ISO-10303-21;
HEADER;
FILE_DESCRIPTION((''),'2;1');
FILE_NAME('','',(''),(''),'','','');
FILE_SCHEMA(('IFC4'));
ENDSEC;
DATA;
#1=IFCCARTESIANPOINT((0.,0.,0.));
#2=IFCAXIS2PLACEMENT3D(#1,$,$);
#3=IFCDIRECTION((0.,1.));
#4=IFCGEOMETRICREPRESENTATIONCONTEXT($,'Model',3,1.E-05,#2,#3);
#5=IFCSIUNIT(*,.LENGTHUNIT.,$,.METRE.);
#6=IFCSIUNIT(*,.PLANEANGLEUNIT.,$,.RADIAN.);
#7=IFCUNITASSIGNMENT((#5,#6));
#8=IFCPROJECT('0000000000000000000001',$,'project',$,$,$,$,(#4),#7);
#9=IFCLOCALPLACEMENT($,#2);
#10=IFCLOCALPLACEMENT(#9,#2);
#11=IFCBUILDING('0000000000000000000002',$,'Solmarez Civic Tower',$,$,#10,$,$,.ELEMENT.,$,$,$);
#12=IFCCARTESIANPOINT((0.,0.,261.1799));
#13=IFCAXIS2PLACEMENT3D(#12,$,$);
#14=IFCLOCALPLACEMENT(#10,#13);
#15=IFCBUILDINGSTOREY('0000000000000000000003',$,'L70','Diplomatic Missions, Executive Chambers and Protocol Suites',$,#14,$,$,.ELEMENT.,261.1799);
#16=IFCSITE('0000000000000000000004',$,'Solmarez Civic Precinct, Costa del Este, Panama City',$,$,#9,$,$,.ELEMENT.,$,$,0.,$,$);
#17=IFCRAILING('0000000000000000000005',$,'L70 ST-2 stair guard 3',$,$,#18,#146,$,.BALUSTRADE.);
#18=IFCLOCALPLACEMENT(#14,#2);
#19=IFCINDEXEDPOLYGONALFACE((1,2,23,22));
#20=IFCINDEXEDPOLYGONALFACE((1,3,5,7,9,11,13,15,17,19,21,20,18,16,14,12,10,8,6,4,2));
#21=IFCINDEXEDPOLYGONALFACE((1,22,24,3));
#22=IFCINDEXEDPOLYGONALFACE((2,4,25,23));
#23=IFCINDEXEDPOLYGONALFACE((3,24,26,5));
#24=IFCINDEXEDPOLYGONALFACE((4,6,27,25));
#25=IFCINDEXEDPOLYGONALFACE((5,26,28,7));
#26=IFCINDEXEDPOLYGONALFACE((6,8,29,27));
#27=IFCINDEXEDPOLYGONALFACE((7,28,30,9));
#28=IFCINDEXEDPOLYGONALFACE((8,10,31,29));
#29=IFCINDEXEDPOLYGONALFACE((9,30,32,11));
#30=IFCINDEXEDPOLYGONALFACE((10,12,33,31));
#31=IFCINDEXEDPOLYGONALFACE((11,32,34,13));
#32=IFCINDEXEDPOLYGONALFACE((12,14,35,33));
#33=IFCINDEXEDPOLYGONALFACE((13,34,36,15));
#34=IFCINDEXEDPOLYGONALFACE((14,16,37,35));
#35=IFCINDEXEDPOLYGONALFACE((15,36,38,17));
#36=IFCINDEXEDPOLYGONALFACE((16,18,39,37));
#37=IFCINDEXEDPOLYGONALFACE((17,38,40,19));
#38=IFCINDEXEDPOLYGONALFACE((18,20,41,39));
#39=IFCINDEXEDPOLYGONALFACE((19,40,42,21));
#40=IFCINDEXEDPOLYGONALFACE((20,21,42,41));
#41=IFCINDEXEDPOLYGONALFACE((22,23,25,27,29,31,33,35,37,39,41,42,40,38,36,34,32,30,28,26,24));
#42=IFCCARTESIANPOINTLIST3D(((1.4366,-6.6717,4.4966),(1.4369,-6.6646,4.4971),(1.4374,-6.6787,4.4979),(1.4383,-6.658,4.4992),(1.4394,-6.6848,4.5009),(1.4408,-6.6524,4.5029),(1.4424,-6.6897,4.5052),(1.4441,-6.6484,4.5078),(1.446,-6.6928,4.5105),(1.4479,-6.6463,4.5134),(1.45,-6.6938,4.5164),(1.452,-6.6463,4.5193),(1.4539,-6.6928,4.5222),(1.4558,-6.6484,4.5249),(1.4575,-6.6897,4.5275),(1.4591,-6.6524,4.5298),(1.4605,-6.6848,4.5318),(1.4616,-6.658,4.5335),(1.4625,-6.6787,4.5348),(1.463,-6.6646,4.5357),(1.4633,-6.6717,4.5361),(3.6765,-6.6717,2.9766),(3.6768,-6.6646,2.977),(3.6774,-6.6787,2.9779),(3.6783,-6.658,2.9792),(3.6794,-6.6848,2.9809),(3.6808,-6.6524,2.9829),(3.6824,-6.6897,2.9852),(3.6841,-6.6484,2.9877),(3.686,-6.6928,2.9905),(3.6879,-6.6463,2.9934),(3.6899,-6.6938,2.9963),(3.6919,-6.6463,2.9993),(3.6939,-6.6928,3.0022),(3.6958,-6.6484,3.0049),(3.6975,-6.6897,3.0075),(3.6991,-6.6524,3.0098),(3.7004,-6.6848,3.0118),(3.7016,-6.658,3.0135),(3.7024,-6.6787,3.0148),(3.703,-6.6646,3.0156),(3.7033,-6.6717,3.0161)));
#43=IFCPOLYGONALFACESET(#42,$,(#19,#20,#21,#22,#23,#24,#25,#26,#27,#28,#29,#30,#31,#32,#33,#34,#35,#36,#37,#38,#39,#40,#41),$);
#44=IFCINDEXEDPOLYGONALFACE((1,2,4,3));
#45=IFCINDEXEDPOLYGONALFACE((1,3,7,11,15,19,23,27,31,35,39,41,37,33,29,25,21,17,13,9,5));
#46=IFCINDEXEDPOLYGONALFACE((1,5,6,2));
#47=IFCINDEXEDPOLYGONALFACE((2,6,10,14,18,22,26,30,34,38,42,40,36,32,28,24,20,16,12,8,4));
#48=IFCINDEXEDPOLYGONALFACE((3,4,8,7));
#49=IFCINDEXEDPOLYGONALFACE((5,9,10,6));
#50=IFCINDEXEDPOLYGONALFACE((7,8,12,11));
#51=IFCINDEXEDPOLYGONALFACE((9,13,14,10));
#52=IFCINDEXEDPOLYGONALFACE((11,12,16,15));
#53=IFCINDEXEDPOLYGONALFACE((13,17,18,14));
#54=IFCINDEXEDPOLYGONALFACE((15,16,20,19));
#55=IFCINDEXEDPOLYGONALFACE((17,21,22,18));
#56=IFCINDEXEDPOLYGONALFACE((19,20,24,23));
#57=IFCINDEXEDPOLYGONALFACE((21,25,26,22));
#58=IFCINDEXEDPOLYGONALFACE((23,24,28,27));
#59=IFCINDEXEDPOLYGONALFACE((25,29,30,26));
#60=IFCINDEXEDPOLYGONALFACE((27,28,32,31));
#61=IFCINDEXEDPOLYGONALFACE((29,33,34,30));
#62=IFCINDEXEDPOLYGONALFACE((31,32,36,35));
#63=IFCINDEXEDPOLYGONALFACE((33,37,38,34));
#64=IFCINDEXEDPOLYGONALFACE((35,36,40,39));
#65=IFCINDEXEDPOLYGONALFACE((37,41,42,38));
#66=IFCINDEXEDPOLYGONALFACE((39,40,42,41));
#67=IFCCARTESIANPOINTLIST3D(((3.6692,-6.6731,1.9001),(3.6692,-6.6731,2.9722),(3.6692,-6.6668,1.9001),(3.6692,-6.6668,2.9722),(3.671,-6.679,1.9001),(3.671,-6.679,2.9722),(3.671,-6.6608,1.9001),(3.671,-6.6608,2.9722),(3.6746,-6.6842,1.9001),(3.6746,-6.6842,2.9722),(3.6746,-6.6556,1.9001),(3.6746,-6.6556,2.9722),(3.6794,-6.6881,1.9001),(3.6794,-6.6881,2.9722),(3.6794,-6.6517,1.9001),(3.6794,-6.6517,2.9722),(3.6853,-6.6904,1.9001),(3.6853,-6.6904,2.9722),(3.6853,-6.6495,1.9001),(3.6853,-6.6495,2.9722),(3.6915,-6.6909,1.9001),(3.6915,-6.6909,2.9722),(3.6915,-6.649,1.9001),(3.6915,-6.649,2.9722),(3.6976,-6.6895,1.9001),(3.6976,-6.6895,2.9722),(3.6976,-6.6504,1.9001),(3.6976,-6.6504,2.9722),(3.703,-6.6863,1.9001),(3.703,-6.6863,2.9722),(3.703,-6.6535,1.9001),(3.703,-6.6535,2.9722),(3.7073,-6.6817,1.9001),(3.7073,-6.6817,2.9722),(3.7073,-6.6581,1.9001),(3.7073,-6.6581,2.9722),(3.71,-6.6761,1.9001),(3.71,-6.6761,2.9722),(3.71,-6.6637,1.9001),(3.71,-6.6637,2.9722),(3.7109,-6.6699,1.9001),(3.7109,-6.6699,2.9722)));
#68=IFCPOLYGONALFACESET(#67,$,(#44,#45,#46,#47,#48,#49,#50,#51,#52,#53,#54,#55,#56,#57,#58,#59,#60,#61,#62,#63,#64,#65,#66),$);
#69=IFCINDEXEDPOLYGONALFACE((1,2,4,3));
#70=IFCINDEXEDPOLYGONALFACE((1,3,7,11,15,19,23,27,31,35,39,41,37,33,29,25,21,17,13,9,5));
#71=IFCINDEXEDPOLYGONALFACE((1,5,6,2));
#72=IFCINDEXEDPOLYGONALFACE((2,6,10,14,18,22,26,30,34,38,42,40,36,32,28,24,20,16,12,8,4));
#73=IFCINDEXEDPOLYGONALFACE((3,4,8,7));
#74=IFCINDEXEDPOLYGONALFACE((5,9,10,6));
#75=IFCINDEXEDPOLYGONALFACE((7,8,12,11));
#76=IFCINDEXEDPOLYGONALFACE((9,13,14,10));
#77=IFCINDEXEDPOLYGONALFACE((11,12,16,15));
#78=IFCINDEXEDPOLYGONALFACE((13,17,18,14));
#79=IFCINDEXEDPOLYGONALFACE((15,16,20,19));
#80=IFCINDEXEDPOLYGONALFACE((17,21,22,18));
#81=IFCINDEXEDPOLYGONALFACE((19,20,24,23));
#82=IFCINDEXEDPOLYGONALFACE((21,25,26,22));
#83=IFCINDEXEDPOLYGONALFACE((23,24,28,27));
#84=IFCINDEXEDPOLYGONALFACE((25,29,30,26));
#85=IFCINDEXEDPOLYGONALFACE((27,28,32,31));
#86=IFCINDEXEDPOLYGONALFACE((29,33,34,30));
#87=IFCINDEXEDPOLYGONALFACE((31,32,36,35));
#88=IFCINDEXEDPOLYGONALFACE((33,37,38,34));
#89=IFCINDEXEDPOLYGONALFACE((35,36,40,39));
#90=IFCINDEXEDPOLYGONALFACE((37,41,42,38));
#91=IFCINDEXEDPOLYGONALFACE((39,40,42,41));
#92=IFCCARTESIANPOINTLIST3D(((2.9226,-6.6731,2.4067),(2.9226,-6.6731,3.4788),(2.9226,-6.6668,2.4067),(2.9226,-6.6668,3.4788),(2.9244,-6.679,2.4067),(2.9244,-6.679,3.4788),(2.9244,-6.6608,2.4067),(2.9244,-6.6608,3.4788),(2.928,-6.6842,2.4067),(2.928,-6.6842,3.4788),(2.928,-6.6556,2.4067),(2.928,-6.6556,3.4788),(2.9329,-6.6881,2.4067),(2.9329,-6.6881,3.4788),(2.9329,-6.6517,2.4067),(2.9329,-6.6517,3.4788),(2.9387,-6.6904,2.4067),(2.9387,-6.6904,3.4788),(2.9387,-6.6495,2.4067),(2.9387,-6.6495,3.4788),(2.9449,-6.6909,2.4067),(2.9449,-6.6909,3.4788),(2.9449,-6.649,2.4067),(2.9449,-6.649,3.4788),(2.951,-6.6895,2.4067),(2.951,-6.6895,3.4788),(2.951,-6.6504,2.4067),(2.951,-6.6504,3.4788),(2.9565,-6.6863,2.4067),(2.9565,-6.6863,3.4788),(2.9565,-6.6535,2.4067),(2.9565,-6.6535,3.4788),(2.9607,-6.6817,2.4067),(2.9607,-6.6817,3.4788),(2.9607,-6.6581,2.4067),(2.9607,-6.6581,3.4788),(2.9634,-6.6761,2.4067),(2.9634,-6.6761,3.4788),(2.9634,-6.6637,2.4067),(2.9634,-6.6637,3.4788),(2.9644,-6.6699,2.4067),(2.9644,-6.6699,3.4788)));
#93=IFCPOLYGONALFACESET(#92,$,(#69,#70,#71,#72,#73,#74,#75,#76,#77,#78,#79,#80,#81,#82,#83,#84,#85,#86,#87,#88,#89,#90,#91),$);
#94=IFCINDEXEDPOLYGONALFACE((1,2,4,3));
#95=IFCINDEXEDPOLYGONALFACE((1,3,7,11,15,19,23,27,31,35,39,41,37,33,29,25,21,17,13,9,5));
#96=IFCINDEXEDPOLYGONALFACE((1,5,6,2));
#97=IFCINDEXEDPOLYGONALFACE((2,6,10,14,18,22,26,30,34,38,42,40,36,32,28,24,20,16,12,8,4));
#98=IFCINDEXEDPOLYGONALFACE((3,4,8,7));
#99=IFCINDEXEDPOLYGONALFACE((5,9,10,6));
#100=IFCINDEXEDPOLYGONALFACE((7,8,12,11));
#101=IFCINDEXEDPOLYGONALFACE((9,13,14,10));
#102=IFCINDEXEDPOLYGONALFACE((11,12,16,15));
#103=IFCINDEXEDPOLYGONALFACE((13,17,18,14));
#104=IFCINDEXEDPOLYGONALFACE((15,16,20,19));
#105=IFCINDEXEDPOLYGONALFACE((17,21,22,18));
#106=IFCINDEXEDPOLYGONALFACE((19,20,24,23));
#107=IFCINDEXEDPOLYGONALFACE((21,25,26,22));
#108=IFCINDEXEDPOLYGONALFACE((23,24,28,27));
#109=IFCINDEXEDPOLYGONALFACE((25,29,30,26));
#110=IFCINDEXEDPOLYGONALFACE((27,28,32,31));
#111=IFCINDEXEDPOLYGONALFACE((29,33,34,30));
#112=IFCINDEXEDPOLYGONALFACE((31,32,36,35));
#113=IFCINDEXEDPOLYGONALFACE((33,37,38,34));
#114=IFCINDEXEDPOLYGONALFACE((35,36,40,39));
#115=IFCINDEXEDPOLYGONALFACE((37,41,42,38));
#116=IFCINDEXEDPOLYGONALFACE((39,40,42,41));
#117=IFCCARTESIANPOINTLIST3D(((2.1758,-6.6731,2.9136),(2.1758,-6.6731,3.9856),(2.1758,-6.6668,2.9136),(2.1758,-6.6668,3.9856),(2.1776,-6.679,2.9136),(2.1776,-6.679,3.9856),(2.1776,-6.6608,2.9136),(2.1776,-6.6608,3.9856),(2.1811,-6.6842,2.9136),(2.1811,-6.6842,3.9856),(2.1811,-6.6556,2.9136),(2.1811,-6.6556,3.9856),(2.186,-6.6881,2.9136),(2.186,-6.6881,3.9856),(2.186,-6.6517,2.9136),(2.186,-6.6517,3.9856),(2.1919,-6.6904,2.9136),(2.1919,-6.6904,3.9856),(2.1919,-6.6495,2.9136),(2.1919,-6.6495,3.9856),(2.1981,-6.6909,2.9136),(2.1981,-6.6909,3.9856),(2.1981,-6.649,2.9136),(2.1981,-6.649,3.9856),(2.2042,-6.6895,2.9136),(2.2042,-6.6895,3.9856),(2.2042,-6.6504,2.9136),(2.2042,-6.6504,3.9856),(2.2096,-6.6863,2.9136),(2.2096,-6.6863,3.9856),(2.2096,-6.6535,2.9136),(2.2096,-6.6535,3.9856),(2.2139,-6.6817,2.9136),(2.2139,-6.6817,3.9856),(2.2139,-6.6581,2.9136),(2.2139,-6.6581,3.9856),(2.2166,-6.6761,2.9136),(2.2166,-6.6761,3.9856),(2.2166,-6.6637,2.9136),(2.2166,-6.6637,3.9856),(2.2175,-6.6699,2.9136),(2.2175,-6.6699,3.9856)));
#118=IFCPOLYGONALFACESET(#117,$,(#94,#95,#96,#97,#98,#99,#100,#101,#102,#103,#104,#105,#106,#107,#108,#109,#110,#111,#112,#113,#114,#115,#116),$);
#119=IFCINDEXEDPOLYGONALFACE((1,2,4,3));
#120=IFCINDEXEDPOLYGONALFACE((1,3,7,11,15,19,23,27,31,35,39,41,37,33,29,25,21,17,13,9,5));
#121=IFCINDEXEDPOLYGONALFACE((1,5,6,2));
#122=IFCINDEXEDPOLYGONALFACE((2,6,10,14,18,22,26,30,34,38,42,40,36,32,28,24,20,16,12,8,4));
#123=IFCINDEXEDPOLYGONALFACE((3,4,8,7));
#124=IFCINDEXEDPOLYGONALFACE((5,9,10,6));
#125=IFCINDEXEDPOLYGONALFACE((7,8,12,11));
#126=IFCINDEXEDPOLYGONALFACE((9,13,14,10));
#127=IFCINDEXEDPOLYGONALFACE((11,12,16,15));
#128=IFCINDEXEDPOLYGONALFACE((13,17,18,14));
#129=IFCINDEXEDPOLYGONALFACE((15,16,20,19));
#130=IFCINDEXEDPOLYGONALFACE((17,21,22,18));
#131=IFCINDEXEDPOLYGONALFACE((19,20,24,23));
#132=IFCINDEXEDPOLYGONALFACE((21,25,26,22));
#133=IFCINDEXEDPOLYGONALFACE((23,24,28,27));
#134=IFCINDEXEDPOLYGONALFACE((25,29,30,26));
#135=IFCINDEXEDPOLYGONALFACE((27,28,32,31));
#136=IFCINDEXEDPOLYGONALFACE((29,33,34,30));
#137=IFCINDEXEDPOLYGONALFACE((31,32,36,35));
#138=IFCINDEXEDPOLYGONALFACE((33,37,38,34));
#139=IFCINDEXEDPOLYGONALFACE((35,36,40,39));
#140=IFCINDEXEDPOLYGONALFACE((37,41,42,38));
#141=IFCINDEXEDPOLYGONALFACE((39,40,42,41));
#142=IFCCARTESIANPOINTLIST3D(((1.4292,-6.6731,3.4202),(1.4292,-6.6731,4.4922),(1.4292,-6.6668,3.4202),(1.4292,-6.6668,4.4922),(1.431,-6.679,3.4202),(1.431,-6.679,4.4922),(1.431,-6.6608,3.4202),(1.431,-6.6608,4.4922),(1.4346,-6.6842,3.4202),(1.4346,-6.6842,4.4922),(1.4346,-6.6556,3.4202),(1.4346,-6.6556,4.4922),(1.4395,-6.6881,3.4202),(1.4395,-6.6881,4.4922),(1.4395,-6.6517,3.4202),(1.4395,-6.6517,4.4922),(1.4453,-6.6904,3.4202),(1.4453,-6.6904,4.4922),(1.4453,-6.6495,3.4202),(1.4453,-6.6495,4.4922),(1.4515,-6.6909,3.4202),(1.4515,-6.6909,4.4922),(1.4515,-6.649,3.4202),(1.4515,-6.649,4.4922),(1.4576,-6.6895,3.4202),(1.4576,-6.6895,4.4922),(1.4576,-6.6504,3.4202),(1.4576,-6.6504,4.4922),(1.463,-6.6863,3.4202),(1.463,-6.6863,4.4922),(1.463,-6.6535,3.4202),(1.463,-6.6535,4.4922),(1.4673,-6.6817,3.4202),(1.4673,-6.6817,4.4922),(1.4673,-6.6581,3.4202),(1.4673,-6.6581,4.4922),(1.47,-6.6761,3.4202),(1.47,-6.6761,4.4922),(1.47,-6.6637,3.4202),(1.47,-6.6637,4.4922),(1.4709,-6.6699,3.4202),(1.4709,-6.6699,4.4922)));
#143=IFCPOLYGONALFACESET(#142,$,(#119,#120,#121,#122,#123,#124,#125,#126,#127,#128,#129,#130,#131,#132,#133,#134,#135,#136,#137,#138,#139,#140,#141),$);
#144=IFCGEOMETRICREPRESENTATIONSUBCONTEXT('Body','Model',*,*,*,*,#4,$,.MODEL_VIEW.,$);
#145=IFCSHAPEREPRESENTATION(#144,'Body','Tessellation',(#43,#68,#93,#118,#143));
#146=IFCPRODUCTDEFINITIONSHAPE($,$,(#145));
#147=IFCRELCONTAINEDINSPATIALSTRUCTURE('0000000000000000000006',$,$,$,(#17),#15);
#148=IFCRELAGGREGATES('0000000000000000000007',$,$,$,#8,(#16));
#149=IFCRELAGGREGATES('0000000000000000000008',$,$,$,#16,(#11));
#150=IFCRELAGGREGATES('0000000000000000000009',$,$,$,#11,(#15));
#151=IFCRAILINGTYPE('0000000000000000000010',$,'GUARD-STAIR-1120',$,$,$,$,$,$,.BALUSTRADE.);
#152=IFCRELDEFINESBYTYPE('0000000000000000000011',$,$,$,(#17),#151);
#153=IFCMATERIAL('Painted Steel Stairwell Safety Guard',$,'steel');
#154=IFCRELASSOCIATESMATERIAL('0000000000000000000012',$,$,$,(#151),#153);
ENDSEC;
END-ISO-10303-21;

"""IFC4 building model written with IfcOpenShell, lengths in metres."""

from ifc_helpers import new_model, si_unit, direction, frame, origin, origin_2d, place, context, subcontext, project, spatial, circle, extrude, material, type_object, element, save


model = new_model("IFC4")

# Units and contexts
model_context = context("Model", 3, precision=1e-05, world=origin(), true_north=direction((0.0, 1.0)))
body_context = subcontext(model_context, "Body", "Model", "MODEL_VIEW")
ifc_project = project(units=[si_unit("LENGTHUNIT", "METRE"), si_unit("PLANEANGLEUNIT", "RADIAN")], contexts=[model_context])

# Site, building, storey
site_placement = place(None, origin())
site = spatial("IfcSite", under=ifc_project, at=site_placement, Name="Solmarez Civic Precinct, Costa del Este, Panama City", CompositionType="ELEMENT", RefElevation=0.0)
building_placement = place(site_placement, origin())
building = spatial("IfcBuilding", under=site, at=building_placement, Name="Solmarez Civic Tower", CompositionType="ELEMENT")
storey_placement = place(building_placement, frame((0.0, 0.0, 261.1799)))
storey = spatial("IfcBuildingStorey", under=building, at=storey_placement, Name="L70", Description="Diplomatic Missions, Executive Chambers and Protocol Suites", CompositionType="ELEMENT", Elevation=261.1799)

# Railing
ifc_material_1 = material(Name="Painted Steel Stairwell Safety Guard", Category="steel")
railing_type = type_object("IfcRailingType", Name="GUARD-STAIR-1120", PredefinedType="BALUSTRADE", material=ifc_material_1)
railing_1_placement = place(storey_placement, frame((3.6899, -6.6699, 1.9001)))
element("IfcRailing", 1, at=railing_1_placement, inside=storey, type_object=railing_type, Name="L70 ST-2 stair guard 3", PredefinedType="BALUSTRADE", context=body_context, shape_type="SweptSolid", body=[
    extrude(circle(Radius=0.0239, at=origin_2d()), frame((0.0, 0.0, 1.0962), z_axis=(-0.827471, 0.0, 0.561508), x_axis=(0.0, -1.0, 0.0)), (0.0, 0.0, 1.0), 2.707),
    extrude(circle(Radius=0.021, at=origin_2d()), origin(), (0.0, 0.0, 1.0), 1.072),
    extrude(circle(Radius=0.021, at=origin_2d()), frame((-0.7466, 0.0, 0.5066)), (0.0, 0.0, 1.0), 1.072),
    extrude(circle(Radius=0.021, at=origin_2d()), frame((-1.4934, 0.0, 1.0134)), (0.0, 0.0, 1.0), 1.072),
    extrude(circle(Radius=0.021, at=origin_2d()), frame((-2.24, 0.0, 1.52)), (0.0, 0.0, 1.0), 1.072),
])

save(model, "model.ifc")
